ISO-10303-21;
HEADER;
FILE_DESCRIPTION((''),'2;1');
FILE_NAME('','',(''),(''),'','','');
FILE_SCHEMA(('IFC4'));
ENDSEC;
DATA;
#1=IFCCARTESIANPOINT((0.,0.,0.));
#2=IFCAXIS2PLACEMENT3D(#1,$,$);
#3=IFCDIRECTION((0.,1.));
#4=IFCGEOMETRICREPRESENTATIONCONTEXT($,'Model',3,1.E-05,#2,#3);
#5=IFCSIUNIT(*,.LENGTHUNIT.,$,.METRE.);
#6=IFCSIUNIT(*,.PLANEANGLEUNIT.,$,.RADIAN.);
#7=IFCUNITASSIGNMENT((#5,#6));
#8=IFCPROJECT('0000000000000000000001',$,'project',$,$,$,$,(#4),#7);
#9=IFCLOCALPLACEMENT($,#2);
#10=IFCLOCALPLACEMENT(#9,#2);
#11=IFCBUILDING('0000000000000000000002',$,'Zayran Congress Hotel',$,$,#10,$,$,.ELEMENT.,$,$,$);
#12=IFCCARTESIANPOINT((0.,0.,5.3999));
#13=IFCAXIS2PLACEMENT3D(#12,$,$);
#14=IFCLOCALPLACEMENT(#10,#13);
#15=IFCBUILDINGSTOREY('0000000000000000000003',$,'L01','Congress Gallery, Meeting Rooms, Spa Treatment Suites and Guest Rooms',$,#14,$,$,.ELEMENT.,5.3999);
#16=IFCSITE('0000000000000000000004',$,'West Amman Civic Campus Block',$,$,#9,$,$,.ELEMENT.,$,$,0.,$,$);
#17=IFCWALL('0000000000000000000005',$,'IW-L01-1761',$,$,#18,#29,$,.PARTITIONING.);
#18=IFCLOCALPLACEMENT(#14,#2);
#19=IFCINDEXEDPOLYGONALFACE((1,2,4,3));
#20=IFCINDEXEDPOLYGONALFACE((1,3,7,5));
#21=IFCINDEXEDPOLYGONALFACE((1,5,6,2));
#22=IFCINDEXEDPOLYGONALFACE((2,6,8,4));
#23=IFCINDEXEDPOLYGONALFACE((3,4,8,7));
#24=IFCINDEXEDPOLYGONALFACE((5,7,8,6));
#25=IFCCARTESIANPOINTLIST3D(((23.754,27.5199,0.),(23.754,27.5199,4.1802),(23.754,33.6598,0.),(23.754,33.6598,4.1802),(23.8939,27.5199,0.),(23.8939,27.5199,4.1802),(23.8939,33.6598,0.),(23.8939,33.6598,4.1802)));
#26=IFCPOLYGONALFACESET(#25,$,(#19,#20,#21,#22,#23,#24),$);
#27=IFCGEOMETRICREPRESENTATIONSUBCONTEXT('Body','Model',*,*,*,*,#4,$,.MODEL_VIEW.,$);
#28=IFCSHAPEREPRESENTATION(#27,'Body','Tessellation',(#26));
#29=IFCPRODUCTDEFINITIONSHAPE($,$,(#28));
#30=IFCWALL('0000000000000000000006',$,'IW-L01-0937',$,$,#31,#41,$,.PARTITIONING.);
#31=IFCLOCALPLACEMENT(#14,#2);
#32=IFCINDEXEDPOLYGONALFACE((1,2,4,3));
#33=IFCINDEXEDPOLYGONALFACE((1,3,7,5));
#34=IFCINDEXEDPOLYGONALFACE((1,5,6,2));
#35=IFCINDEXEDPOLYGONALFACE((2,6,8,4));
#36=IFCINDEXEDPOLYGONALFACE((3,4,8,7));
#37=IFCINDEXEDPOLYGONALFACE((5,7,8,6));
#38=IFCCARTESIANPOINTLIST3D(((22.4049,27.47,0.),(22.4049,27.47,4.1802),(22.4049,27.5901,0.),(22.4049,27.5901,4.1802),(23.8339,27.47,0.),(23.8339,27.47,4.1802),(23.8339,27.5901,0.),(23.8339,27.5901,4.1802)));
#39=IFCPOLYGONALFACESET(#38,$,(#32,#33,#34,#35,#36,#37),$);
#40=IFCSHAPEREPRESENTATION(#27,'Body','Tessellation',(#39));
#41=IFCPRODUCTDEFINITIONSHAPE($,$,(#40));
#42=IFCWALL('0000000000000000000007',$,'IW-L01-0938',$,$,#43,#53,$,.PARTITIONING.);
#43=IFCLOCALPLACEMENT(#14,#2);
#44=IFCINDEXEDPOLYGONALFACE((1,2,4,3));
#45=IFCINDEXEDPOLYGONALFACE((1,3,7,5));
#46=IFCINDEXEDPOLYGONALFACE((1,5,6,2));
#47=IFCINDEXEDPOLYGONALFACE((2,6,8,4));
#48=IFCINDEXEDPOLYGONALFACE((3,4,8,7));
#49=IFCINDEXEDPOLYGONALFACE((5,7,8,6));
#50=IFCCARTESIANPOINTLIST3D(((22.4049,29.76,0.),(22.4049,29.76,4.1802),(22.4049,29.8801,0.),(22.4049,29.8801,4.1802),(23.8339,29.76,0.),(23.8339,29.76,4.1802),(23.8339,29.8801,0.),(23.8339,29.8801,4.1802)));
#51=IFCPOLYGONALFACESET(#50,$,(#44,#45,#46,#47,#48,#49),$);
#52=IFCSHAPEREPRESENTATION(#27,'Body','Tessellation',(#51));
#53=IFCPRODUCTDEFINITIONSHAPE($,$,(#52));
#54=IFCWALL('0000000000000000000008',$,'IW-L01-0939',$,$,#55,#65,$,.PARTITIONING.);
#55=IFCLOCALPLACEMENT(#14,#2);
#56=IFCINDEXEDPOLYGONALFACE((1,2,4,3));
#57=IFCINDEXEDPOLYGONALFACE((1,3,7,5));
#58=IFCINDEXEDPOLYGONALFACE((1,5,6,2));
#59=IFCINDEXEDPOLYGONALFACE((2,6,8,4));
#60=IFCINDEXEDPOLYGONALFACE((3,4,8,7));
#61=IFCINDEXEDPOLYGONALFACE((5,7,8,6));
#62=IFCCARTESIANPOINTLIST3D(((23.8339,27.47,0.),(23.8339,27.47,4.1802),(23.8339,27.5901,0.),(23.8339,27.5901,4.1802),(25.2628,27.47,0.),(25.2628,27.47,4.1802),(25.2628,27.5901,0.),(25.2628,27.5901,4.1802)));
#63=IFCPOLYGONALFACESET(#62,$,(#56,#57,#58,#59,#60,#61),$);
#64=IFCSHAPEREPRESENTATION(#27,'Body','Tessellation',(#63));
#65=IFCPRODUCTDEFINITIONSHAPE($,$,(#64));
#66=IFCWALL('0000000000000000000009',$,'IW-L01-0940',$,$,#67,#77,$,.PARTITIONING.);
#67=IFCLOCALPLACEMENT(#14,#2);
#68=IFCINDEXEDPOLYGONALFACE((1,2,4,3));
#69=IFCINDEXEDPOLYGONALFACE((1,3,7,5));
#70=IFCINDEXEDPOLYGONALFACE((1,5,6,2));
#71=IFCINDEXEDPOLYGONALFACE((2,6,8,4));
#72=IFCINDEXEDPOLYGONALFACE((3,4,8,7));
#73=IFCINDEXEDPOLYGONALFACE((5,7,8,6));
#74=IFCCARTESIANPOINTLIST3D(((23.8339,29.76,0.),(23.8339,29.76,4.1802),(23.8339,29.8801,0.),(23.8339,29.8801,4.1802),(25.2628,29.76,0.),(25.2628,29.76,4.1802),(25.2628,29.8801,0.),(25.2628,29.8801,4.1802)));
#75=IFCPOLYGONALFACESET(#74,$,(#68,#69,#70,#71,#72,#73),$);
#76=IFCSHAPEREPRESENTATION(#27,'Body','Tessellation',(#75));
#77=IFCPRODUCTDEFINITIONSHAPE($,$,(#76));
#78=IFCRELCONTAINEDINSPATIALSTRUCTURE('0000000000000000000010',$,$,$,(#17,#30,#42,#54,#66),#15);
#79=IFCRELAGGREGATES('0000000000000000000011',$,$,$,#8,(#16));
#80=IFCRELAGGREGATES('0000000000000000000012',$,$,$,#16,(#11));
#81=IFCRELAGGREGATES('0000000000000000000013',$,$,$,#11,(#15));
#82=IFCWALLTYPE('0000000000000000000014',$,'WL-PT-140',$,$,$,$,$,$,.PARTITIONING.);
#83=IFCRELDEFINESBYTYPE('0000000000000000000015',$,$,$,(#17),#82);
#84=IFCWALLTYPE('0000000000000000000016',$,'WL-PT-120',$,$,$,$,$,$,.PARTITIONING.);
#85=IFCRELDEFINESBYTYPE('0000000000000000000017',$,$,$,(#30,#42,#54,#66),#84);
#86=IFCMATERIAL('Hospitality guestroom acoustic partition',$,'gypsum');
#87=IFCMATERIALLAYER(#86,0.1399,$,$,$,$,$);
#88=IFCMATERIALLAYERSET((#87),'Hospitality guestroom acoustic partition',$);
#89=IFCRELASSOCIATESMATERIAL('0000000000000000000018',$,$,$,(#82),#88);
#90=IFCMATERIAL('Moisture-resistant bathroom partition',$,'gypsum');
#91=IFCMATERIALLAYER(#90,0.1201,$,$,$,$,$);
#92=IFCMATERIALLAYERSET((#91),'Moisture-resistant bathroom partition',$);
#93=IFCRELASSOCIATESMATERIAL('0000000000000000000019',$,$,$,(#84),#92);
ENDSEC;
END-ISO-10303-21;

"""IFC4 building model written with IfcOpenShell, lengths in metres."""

from ifc_helpers import new_model, si_unit, direction, frame, frame_2d, origin, place, context, subcontext, project, spatial, rectangle, extrude, material, layer, layer_set, type_object, element, save


model = new_model("IFC4")

# Units and contexts
model_context = context("Model", 3, precision=1e-05, world=origin(), true_north=direction((0.0, 1.0)))
body_context = subcontext(model_context, "Body", "Model", "MODEL_VIEW")
ifc_project = project(units=[si_unit("LENGTHUNIT", "METRE"), si_unit("PLANEANGLEUNIT", "RADIAN")], contexts=[model_context])

# Site, building, storey
site_placement = place(None, origin())
site = spatial("IfcSite", under=ifc_project, at=site_placement, Name="West Amman Civic Campus Block", CompositionType="ELEMENT", RefElevation=0.0)
building_placement = place(site_placement, origin())
building = spatial("IfcBuilding", under=site, at=building_placement, Name="Zayran Congress Hotel", CompositionType="ELEMENT")
storey_placement = place(building_placement, frame((0.0, 0.0, 5.3999)))
storey = spatial("IfcBuildingStorey", under=building, at=storey_placement, Name="L01", Description="Congress Gallery, Meeting Rooms, Spa Treatment Suites and Guest Rooms", CompositionType="ELEMENT", Elevation=5.3999)

# Shared definitions
ifc_material_1 = material(Name="Hospitality guestroom acoustic partition", Category="gypsum")
ifc_layer_1 = layer(ifc_material_1, 0.1399)
ifc_layer_set_1 = layer_set([ifc_layer_1], Name="Hospitality guestroom acoustic partition")
wall_type_1 = type_object("IfcWallType", Name="WL-PT-140", PredefinedType="PARTITIONING", material=ifc_layer_set_1)

# Wall
for number, where, z_axis, x_axis, name in (
    (1, (23.824, 27.52, 0.0), (0.0, 0.0, 1.0), (0.0, 1.0, 0.0), "IW-L01-1761"),
):
    element("IfcWall", number, at=place(storey_placement, frame(where, z_axis=z_axis, x_axis=x_axis)), inside=storey, type_object=wall_type_1, Name=name, PredefinedType="PARTITIONING", context=body_context, shape_type="SweptSolid", body=[
        extrude(rectangle(XDim=6.1399, YDim=0.1399, at=frame_2d((3.0698, 0.0))), origin(), (0.0, 0.0, 1.0), 4.1802),
    ])

# Shared definitions
ifc_material_2 = material(Name="Moisture-resistant bathroom partition", Category="gypsum")
ifc_layer_2 = layer(ifc_material_2, 0.1201)
ifc_layer_set_2 = layer_set([ifc_layer_2], Name="Moisture-resistant bathroom partition")
wall_type_2 = type_object("IfcWallType", Name="WL-PT-120", PredefinedType="PARTITIONING", material=ifc_layer_set_2)

# Walls
for number, where, z_axis, x_axis, name in (
    (2, (22.405, 27.53, 0.0), (0.0, 0.0, 1.0), (1.0, 0.0, 0.0), "IW-L01-0937"),
    (3, (22.405, 29.8201, 0.0), (0.0, 0.0, 1.0), (1.0, 0.0, 0.0), "IW-L01-0938"),
    (4, (23.834, 27.53, 0.0), (0.0, 0.0, 1.0), (1.0, 0.0, 0.0), "IW-L01-0939"),
    (5, (23.834, 29.8201, 0.0), (0.0, 0.0, 1.0), (1.0, 0.0, 0.0), "IW-L01-0940"),
):
    element("IfcWall", number, at=place(storey_placement, frame(where, z_axis=z_axis, x_axis=x_axis)), inside=storey, type_object=wall_type_2, Name=name, PredefinedType="PARTITIONING", context=body_context, shape_type="SweptSolid", body=[
        extrude(rectangle(XDim=1.429, YDim=0.1201, at=frame_2d((0.7144, 0.0))), origin(), (0.0, 0.0, 1.0), 4.1802),
    ])

save(model, "model.ifc")
